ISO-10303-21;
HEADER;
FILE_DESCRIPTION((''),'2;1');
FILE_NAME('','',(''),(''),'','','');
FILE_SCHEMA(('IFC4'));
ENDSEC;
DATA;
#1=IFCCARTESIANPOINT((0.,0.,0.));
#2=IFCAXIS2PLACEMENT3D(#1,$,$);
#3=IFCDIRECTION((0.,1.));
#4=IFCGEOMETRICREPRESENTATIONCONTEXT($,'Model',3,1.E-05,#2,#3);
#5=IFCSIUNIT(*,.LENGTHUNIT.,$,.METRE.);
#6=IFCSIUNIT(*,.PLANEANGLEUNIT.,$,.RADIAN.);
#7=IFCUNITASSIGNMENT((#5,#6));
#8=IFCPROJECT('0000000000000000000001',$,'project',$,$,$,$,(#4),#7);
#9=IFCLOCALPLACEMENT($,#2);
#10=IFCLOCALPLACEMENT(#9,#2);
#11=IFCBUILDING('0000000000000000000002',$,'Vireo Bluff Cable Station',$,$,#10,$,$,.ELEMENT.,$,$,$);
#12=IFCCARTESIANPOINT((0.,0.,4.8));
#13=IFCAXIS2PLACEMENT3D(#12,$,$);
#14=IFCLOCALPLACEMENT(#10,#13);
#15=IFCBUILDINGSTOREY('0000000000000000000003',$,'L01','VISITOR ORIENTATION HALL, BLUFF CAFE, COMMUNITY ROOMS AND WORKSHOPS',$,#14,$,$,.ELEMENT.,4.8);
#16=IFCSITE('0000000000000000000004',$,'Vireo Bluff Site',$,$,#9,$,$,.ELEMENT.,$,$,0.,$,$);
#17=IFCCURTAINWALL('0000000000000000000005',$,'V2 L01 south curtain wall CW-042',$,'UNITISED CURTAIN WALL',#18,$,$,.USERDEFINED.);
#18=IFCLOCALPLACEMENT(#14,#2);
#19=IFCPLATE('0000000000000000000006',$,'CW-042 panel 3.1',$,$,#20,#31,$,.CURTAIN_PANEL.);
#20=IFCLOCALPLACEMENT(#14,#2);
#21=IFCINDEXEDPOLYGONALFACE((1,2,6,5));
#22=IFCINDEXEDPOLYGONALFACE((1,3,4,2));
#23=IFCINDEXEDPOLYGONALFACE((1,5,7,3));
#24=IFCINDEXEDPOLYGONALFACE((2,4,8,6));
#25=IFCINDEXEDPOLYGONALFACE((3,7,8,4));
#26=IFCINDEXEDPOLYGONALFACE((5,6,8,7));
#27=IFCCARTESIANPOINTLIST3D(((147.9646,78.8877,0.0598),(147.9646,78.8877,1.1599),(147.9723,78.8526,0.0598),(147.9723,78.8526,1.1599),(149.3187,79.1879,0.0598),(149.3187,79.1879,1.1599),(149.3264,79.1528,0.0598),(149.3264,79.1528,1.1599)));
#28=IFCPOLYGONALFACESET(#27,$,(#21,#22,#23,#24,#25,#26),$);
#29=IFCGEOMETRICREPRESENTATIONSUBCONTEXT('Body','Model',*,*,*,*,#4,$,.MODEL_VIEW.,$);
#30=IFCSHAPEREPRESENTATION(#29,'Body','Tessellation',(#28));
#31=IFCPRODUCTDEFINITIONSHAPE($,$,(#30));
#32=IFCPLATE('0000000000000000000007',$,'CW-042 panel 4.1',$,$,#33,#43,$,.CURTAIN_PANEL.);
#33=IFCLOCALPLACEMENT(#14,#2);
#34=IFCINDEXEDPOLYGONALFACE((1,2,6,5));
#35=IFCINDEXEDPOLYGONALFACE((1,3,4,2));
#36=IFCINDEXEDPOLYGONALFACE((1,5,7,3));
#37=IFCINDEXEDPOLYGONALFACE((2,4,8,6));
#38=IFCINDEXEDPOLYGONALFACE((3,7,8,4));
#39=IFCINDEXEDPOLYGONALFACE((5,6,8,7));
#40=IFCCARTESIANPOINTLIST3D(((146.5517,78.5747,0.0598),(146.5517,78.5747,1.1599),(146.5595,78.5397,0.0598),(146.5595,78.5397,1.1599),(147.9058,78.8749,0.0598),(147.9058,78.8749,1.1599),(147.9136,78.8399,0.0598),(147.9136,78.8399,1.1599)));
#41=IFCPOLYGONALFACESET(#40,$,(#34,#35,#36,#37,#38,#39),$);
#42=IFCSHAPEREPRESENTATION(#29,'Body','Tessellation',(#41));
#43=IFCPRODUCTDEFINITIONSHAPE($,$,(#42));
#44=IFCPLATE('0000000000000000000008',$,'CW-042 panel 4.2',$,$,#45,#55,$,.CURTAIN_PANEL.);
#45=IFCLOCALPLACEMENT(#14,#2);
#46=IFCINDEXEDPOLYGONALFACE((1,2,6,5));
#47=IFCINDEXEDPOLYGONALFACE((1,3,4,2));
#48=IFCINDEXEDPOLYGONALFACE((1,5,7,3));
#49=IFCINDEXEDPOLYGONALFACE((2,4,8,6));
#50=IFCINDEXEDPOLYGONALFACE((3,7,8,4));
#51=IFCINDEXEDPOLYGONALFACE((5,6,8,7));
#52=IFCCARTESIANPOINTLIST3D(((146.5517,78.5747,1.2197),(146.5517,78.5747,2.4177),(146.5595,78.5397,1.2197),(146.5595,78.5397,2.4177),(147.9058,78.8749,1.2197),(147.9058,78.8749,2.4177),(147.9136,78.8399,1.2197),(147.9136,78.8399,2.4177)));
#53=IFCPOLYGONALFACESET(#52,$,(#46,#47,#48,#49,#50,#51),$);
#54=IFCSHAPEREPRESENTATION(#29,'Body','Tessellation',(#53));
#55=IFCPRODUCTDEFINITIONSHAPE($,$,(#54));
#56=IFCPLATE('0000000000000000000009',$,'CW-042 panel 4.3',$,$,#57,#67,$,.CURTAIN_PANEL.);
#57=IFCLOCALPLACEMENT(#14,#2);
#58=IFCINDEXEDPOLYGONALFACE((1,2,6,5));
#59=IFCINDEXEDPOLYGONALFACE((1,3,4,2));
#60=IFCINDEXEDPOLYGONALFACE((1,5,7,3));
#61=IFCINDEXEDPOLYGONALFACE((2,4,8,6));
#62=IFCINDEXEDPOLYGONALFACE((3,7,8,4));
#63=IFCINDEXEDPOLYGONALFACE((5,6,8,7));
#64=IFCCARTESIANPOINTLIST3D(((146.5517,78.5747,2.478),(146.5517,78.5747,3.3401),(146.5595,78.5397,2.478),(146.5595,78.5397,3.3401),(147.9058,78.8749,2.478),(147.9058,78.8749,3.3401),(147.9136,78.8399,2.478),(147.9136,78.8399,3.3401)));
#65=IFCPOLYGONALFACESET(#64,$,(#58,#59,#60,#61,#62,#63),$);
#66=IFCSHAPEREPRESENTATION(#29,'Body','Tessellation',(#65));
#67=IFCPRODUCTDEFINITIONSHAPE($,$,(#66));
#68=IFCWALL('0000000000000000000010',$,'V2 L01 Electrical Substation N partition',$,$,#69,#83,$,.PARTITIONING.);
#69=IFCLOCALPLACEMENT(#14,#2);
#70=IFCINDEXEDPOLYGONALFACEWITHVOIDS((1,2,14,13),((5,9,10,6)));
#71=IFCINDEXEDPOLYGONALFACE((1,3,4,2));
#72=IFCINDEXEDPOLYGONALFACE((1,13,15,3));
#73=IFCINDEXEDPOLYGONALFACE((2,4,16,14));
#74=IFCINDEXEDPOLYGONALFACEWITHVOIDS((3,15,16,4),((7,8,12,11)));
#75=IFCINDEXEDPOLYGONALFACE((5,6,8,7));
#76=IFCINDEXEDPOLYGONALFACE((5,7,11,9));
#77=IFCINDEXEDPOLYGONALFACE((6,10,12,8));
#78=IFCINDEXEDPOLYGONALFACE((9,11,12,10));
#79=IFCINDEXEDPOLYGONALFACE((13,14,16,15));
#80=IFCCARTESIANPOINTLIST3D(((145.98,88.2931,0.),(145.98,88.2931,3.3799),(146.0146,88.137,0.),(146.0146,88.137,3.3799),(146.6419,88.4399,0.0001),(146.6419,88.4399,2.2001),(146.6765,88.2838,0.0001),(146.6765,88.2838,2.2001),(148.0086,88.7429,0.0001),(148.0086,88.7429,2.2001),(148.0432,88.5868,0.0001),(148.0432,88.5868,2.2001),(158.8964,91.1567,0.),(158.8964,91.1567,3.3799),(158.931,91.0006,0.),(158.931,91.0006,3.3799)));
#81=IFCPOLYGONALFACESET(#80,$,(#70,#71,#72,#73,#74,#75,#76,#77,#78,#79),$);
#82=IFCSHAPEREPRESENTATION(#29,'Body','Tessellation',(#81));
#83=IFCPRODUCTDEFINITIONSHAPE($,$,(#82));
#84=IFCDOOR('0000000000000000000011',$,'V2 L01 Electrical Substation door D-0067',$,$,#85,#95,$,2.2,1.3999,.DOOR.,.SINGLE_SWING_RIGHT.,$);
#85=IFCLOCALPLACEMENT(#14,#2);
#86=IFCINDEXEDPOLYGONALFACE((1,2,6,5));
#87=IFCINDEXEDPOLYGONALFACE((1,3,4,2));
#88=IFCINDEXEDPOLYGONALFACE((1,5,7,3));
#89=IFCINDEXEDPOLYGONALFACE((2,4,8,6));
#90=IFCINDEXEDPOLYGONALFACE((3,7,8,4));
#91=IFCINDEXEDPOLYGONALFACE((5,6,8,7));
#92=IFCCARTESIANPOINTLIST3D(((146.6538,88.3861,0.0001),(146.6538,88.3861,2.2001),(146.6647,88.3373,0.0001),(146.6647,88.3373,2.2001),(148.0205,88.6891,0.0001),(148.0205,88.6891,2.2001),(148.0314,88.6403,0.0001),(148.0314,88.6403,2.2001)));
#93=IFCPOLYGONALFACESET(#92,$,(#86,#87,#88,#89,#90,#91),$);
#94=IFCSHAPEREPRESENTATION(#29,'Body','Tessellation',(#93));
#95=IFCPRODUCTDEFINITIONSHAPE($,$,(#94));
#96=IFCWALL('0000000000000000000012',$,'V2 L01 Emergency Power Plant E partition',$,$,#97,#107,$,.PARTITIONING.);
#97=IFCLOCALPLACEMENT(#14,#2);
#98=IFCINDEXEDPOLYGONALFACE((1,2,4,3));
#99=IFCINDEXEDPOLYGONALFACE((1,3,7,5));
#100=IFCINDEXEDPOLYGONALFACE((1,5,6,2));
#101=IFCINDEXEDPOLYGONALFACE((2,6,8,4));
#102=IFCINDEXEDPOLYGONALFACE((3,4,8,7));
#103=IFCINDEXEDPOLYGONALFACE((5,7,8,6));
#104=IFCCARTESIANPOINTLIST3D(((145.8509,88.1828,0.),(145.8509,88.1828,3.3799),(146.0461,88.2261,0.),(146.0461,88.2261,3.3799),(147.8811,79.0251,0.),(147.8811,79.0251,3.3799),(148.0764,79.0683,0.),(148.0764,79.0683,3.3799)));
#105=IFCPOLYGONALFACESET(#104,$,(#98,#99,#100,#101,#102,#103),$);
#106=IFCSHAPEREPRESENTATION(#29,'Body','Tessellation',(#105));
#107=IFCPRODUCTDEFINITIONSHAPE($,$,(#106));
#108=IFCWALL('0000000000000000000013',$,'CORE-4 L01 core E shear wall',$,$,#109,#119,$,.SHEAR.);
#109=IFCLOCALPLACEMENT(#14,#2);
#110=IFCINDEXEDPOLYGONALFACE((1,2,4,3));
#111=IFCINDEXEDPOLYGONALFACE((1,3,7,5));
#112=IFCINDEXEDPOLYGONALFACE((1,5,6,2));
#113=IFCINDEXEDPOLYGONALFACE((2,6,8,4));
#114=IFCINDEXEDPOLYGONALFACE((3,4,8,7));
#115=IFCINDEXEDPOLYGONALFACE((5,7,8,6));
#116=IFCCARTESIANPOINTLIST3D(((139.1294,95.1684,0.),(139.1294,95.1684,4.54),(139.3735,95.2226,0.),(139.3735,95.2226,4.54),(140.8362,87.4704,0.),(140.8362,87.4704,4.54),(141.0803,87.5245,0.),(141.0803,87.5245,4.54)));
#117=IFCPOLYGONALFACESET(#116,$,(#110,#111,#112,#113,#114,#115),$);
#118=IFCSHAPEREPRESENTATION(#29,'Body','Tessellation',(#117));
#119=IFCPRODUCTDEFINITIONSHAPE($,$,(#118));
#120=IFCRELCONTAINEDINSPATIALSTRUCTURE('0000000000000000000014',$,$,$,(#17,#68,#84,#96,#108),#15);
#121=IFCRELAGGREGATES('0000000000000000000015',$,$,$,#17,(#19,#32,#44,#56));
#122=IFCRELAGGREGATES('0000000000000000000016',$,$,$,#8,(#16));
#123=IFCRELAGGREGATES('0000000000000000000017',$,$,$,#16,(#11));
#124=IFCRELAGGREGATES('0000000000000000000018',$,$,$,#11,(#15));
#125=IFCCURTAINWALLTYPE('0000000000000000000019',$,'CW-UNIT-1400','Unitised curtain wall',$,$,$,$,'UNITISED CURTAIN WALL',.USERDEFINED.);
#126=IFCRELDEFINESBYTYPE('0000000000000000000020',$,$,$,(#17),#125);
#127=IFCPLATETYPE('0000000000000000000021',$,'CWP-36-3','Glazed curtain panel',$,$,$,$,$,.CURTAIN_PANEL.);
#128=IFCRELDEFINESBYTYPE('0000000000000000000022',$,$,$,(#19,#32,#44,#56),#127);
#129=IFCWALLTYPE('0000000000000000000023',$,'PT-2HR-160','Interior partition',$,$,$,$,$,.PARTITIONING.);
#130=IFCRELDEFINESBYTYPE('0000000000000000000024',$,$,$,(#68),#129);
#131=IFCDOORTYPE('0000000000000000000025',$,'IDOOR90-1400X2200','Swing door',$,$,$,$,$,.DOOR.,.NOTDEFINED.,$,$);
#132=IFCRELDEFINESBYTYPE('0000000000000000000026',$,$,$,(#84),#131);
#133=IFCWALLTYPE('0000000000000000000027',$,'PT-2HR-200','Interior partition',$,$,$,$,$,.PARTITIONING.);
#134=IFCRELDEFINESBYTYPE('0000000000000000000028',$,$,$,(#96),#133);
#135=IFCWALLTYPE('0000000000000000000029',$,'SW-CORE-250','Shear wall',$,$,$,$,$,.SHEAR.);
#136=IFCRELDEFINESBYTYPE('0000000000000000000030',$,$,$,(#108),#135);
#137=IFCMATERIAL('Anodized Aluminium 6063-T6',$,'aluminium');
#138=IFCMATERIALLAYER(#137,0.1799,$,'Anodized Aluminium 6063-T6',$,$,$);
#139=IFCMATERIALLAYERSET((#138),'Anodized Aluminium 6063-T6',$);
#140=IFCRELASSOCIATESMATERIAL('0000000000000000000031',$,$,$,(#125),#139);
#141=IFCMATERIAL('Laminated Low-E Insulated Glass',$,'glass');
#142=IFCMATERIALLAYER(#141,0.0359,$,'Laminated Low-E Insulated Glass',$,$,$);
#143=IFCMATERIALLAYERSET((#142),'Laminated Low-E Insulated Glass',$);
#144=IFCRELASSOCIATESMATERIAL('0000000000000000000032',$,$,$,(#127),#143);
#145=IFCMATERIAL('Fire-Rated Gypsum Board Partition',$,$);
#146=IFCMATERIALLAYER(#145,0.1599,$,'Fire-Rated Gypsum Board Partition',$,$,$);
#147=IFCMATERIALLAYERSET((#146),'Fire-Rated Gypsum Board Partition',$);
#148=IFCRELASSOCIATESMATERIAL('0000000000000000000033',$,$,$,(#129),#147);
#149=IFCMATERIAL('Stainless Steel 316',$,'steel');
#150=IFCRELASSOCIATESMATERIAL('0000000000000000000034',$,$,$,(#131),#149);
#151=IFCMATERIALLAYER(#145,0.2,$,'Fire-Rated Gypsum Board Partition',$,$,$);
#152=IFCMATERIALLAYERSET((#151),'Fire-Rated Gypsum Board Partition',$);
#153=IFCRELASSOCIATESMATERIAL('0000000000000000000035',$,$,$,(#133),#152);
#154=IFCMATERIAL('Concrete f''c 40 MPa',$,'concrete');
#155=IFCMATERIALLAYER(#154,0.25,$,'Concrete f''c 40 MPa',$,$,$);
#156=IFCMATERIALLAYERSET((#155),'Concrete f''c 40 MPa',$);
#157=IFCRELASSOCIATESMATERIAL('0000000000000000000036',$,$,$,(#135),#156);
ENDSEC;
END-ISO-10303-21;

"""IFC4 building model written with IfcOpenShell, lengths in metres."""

from ifc_helpers import new_model, si_unit, direction, frame, frame_2d, origin, origin_with_axes, origin_2d, place, context, subcontext, project, spatial, rectangle, extrude, material, layer, layer_set, type_object, element, fill, aggregate, save


model = new_model("IFC4")

# Units and contexts
model_context = context("Model", 3, precision=1e-05, world=origin(), true_north=direction((0.0, 1.0)))
body_context = subcontext(model_context, "Body", "Model", "MODEL_VIEW")
ifc_project = project(units=[si_unit("LENGTHUNIT", "METRE"), si_unit("PLANEANGLEUNIT", "RADIAN")], contexts=[model_context])

# Site, building, storey
site_placement = place(None, origin())
site = spatial("IfcSite", under=ifc_project, at=site_placement, Name="Vireo Bluff Site", CompositionType="ELEMENT", RefElevation=0.0)
building_placement = place(site_placement, origin())
building = spatial("IfcBuilding", under=site, at=building_placement, Name="Vireo Bluff Cable Station", CompositionType="ELEMENT")
storey_placement = place(building_placement, frame((0.0, 0.0, 4.8)))
storey = spatial("IfcBuildingStorey", under=building, at=storey_placement, Name="L01", Description="VISITOR ORIENTATION HALL, BLUFF CAFE, COMMUNITY ROOMS AND WORKSHOPS", CompositionType="ELEMENT", Elevation=4.8)

# Curtain wall
ifc_material_1 = material(Name="Anodized Aluminium 6063-T6", Category="aluminium")
ifc_layer_1 = layer(ifc_material_1, 0.1799, Name="Anodized Aluminium 6063-T6")
ifc_layer_set_1 = layer_set([ifc_layer_1], Name="Anodized Aluminium 6063-T6")
curtain_wall_type = type_object("IfcCurtainWallType", Name="CW-UNIT-1400", Description="Unitised curtain wall", ElementType="UNITISED CURTAIN WALL", PredefinedType="USERDEFINED", material=ifc_layer_set_1)
curtain_wall_placement = place(storey_placement, origin())
curtain_wall = element("IfcCurtainWall", 1, at=curtain_wall_placement, inside=storey, type_object=curtain_wall_type, Name="V2 L01 south curtain wall CW-042", ObjectType="UNITISED CURTAIN WALL", PredefinedType="USERDEFINED")

# Plates
ifc_material_2 = material(Name="Laminated Low-E Insulated Glass", Category="glass")
ifc_layer_2 = layer(ifc_material_2, 0.0359, Name="Laminated Low-E Insulated Glass")
ifc_layer_set_2 = layer_set([ifc_layer_2], Name="Laminated Low-E Insulated Glass")
plate_type = type_object("IfcPlateType", Name="CWP-36-3", Description="Glazed curtain panel", PredefinedType="CURTAIN_PANEL", material=ifc_layer_set_2)
plate_1_placement = place(storey_placement, frame((148.6455, 79.0203, 0.0598), z_axis=(0.0, 0.0, 1.0), x_axis=(-0.976296, -0.21644, 0.0)))
plate_1 = element("IfcPlate", 2, at=plate_1_placement, type_object=plate_type, Name="CW-042 panel 3.1", PredefinedType="CURTAIN_PANEL", context=body_context, shape_type="SweptSolid", body=[
    extrude(rectangle(XDim=1.387, YDim=0.0359, at=origin_2d()), origin(), (0.0, 0.0, 1.0), 1.1001),
])
plate_2_placement = place(storey_placement, frame((147.2327, 78.7073, 0.0598), z_axis=(0.0, 0.0, 1.0), x_axis=(-0.976296, -0.21644, 0.0)))
plate_2 = element("IfcPlate", 3, at=plate_2_placement, type_object=plate_type, Name="CW-042 panel 4.1", PredefinedType="CURTAIN_PANEL", context=body_context, shape_type="SweptSolid", body=[
    extrude(rectangle(XDim=1.387, YDim=0.0359, at=origin_2d()), origin(), (0.0, 0.0, 1.0), 1.1001),
])
plate_3_placement = place(storey_placement, frame((147.2327, 78.7073, 1.2197), z_axis=(0.0, 0.0, 1.0), x_axis=(-0.976296, -0.21644, 0.0)))
plate_3 = element("IfcPlate", 4, at=plate_3_placement, type_object=plate_type, Name="CW-042 panel 4.2", PredefinedType="CURTAIN_PANEL", context=body_context, shape_type="SweptSolid", body=[
    extrude(rectangle(XDim=1.387, YDim=0.0359, at=origin_2d()), origin(), (0.0, 0.0, 1.0), 1.198),
])
plate_4_placement = place(storey_placement, frame((147.2327, 78.7073, 2.478), z_axis=(0.0, 0.0, 1.0), x_axis=(-0.976296, -0.21644, 0.0)))
plate_4 = element("IfcPlate", 5, at=plate_4_placement, type_object=plate_type, Name="CW-042 panel 4.3", PredefinedType="CURTAIN_PANEL", context=body_context, shape_type="SweptSolid", body=[
    extrude(rectangle(XDim=1.387, YDim=0.0359, at=origin_2d()), origin(), (0.0, 0.0, 1.0), 0.8621),
])
aggregate(curtain_wall, [plate_1, plate_2, plate_3, plate_4])

# Wall, opening, door
ifc_material_3 = material(Name="Fire-Rated Gypsum Board Partition")
ifc_layer_3 = layer(ifc_material_3, 0.1599, Name="Fire-Rated Gypsum Board Partition")
ifc_layer_set_3 = layer_set([ifc_layer_3], Name="Fire-Rated Gypsum Board Partition")
wall_type_1 = type_object("IfcWallType", Name="PT-2HR-160", Description="Interior partition", PredefinedType="PARTITIONING", material=ifc_layer_set_3)
wall_1_placement = place(storey_placement, frame((145.9973, 88.2151, 0.0), z_axis=(0.0, 0.0, 1.0), x_axis=(0.976295, 0.216444, 0.0)))
wall_1 = element("IfcWall", 6, at=wall_1_placement, inside=storey, type_object=wall_type_1, Name="V2 L01 Electrical Substation N partition", PredefinedType="PARTITIONING", context=body_context, shape_type="SweptSolid", body=[
    extrude(rectangle(XDim=13.23, YDim=0.1599, at=frame_2d((6.615, 0.0))), origin(), (0.0, 0.0, 1.0), 3.3799),
])
opening_placement = place(wall_1_placement, frame((0.678, 0.0, 0.0)))
opening = element("IfcOpeningElement", 7, at=opening_placement, cuts=wall_1, PredefinedType="OPENING", context=body_context, shape_type="SweptSolid", body=[
    extrude(rectangle(XDim=1.3999, YDim=2.2, at=frame_2d((0.7, 1.1001))), frame((0.0, 0.0898, 0.0), z_axis=(0.0, -1.0, 0.0), x_axis=(1.0, 0.0, 0.0)), (0.0, 0.0, 1.0), 0.1799),
])
ifc_material_4 = material(Name="Stainless Steel 316", Category="steel")
door_type = type_object("IfcDoorType", Name="IDOOR90-1400X2200", Description="Swing door", OperationType="NOTDEFINED", PredefinedType="DOOR", material=ifc_material_4)
door_placement = place(opening_placement, origin_with_axes())
door = element("IfcDoor", 8, at=door_placement, inside=storey, type_object=door_type, Name="V2 L01 Electrical Substation door D-0067", OperationType="SINGLE_SWING_RIGHT", OverallHeight=2.2, OverallWidth=1.3999, PredefinedType="DOOR", context=body_context, shape_type="SweptSolid", body=[
    extrude(rectangle(XDim=1.3999, YDim=2.2, at=frame_2d((0.7, 1.1001))), frame((0.0, 0.0249, 0.0), z_axis=(0.0, -1.0, 0.0), x_axis=(1.0, 0.0, 0.0)), (0.0, 0.0, 1.0), 0.05),
])
fill(opening, door)

# Walls
ifc_layer_4 = layer(ifc_material_3, 0.2, Name="Fire-Rated Gypsum Board Partition")
ifc_layer_set_4 = layer_set([ifc_layer_4], Name="Fire-Rated Gypsum Board Partition")
wall_type_2 = type_object("IfcWallType", Name="PT-2HR-200", Description="Interior partition", PredefinedType="PARTITIONING", material=ifc_layer_set_4)
wall_2_placement = place(storey_placement, frame((145.9485, 88.2043, 0.0), z_axis=(0.0, 0.0, 1.0), x_axis=(0.216445, -0.976295, 0.0)))
element("IfcWall", 9, at=wall_2_placement, inside=storey, type_object=wall_type_2, Name="V2 L01 Emergency Power Plant E partition", PredefinedType="PARTITIONING", context=body_context, shape_type="SweptSolid", body=[
    extrude(rectangle(XDim=9.3801, YDim=0.2, at=frame_2d((4.6899, 0.0))), origin(), (0.0, 0.0, 1.0), 3.3799),
])
ifc_material_5 = material(Name="Concrete f'c 40 MPa", Category="concrete")
ifc_layer_5 = layer(ifc_material_5, 0.25, Name="Concrete f'c 40 MPa")
ifc_layer_set_5 = layer_set([ifc_layer_5], Name="Concrete f'c 40 MPa")
wall_type_3 = type_object("IfcWallType", Name="SW-CORE-250", Description="Shear wall", PredefinedType="SHEAR", material=ifc_layer_set_5)
wall_3_placement = place(storey_placement, frame((140.9583, 87.4976, 0.0), z_axis=(0.0, 0.0, 1.0), x_axis=(-0.216462, 0.976291, 0.0)))
element("IfcWall", 10, at=wall_3_placement, inside=storey, type_object=wall_type_3, Name="CORE-4 L01 core E shear wall", PredefinedType="SHEAR", context=body_context, shape_type="SweptSolid", body=[
    extrude(rectangle(XDim=7.885, YDim=0.25, at=frame_2d((3.9424, 0.0))), origin(), (0.0, 0.0, 1.0), 4.54),
])

save(model, "model.ifc")
